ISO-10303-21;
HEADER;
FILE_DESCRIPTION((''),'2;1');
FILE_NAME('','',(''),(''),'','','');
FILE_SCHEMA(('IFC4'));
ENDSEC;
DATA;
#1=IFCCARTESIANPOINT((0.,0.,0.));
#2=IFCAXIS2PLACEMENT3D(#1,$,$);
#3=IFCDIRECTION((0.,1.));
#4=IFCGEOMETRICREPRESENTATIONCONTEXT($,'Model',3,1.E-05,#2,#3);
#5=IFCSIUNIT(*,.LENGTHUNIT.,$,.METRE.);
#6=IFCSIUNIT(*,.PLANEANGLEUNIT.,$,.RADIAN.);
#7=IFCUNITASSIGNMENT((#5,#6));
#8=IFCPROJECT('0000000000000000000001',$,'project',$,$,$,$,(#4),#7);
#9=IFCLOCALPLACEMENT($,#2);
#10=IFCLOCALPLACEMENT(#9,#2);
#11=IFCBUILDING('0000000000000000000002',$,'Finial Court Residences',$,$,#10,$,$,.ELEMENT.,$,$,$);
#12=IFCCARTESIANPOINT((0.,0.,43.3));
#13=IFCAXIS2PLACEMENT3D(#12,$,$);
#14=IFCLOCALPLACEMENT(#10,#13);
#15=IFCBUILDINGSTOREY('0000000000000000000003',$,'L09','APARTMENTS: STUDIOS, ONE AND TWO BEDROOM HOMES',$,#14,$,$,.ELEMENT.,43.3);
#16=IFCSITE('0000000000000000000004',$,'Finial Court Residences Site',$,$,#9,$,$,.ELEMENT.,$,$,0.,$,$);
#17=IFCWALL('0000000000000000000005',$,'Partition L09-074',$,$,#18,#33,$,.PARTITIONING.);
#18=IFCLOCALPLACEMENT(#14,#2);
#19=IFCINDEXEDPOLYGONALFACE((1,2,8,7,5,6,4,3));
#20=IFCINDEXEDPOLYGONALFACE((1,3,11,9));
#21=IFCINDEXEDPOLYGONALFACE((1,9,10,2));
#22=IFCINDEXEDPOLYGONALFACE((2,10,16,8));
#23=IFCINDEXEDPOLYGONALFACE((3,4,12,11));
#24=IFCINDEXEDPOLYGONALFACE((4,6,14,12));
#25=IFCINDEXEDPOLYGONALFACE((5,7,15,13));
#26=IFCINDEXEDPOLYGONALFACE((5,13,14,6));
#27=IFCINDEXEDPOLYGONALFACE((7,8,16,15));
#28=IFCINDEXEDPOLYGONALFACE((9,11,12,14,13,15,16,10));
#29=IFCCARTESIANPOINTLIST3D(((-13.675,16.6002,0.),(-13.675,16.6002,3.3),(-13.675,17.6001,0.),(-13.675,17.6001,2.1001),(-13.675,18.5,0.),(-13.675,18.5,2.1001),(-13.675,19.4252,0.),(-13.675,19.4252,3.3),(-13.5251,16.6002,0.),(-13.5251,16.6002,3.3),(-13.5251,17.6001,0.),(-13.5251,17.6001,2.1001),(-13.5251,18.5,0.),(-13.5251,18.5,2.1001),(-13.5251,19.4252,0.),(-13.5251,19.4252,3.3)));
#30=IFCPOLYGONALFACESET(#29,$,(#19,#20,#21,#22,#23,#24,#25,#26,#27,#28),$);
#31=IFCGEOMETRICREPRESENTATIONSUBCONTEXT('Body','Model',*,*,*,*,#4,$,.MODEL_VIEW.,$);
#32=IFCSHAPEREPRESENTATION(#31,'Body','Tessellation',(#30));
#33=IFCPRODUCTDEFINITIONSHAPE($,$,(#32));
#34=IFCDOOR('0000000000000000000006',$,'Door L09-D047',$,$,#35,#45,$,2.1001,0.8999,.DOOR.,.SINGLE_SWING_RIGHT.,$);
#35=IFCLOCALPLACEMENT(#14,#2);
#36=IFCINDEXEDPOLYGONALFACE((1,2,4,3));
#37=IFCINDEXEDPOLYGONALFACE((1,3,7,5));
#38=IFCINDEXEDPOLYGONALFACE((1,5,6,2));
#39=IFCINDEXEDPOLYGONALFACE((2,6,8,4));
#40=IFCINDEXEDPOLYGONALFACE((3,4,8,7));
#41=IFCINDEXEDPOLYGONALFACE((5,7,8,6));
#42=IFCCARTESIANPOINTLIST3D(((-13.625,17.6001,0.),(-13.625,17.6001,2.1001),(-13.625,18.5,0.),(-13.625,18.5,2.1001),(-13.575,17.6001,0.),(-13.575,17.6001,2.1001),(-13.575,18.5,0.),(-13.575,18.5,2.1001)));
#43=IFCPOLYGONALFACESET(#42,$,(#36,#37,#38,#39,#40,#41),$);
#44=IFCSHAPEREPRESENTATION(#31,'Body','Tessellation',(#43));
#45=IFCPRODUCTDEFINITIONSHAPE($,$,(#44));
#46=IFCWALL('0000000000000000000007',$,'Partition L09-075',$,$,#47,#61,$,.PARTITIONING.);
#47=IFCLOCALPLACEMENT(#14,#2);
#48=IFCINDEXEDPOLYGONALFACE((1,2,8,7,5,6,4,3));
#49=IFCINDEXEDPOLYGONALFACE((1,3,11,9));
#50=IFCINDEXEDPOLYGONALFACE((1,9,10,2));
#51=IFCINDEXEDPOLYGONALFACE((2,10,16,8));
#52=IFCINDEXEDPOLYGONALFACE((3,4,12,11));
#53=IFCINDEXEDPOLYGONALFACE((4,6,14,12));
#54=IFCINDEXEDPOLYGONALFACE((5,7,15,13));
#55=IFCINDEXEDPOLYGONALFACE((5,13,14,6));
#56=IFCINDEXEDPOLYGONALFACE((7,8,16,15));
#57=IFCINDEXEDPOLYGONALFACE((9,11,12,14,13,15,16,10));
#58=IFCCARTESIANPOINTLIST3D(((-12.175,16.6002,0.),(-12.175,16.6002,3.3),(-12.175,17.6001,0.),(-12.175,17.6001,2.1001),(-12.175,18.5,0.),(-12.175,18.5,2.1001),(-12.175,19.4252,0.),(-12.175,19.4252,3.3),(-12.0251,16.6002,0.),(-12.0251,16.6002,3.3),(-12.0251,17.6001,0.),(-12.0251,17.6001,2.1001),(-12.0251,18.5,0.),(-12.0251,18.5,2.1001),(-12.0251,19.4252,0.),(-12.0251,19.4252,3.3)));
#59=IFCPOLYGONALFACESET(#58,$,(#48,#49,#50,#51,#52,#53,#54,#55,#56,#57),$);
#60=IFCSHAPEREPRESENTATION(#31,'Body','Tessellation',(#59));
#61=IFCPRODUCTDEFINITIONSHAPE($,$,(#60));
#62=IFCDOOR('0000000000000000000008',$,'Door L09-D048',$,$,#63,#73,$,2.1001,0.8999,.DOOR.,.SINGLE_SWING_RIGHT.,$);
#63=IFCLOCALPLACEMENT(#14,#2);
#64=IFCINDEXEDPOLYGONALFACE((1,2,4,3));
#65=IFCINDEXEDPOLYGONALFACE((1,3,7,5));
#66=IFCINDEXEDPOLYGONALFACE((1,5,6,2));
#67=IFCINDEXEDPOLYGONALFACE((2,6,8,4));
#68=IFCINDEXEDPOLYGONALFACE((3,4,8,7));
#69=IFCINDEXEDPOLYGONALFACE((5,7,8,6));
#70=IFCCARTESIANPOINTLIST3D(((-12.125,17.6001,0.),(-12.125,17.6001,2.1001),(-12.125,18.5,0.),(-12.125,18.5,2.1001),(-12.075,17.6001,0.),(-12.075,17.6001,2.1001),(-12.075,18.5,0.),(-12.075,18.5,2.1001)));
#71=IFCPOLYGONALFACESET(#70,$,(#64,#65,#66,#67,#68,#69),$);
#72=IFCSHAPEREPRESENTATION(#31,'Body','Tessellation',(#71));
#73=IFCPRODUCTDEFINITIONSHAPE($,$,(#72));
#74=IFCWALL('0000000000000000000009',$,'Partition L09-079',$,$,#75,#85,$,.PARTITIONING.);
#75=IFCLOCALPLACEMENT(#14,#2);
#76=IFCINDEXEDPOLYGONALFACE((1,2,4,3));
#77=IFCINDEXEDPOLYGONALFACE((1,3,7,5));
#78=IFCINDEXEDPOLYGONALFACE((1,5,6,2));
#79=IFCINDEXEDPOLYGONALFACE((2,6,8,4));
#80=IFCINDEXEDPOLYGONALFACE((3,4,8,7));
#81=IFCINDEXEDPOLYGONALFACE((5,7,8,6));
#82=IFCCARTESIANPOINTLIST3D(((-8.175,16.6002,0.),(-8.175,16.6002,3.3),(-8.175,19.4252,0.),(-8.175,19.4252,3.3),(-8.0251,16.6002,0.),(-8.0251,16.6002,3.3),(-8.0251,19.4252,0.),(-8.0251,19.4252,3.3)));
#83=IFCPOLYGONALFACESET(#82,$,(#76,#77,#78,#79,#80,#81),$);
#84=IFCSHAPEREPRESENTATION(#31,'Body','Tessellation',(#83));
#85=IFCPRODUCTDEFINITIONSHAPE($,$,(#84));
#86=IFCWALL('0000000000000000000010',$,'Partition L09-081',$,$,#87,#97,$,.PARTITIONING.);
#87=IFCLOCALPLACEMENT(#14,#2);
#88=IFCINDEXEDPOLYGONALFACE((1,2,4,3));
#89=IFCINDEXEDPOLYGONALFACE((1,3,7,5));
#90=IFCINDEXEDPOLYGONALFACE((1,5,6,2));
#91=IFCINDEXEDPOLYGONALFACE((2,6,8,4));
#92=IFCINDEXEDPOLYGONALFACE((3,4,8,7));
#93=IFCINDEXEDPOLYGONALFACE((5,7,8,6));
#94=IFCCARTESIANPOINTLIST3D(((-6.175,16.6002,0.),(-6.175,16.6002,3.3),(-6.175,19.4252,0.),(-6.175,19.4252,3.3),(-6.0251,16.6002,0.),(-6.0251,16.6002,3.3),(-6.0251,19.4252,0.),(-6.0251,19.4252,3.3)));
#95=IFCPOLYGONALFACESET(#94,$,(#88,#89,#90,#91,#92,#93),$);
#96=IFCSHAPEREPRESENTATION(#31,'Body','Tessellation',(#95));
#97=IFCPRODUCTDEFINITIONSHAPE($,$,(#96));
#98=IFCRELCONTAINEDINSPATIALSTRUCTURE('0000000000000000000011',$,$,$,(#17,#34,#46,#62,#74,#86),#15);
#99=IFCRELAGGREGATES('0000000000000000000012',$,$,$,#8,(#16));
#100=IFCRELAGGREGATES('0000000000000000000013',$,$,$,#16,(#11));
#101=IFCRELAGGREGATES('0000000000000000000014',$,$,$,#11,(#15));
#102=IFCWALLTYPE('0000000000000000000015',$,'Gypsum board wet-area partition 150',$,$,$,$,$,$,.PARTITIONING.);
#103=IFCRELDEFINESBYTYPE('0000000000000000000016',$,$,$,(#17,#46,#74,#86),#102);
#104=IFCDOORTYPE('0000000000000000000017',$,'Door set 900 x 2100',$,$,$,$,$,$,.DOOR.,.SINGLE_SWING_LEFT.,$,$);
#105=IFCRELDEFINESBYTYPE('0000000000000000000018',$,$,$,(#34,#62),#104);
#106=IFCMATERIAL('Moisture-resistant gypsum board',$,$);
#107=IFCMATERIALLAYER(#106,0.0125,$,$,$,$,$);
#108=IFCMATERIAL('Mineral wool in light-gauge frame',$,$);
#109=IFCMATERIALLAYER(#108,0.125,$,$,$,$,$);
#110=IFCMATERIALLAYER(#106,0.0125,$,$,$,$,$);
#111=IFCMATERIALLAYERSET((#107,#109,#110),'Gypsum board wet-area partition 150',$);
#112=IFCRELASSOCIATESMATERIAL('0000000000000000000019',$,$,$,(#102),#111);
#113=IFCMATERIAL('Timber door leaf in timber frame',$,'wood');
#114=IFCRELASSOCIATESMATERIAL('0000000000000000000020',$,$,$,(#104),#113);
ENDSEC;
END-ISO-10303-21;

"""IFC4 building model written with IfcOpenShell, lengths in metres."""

from ifc_helpers import new_model, si_unit, direction, frame, frame_2d, origin, place, context, subcontext, project, spatial, rectangle, extrude, material, layer, layer_set, type_object, element, fill, save


model = new_model("IFC4")

# Units and contexts
model_context = context("Model", 3, precision=1e-05, world=origin(), true_north=direction((0.0, 1.0)))
body_context = subcontext(model_context, "Body", "Model", "MODEL_VIEW")
ifc_project = project(units=[si_unit("LENGTHUNIT", "METRE"), si_unit("PLANEANGLEUNIT", "RADIAN")], contexts=[model_context])

# Site, building, storey
site_placement = place(None, origin())
site = spatial("IfcSite", under=ifc_project, at=site_placement, Name="Finial Court Residences Site", CompositionType="ELEMENT", RefElevation=0.0)
building_placement = place(site_placement, origin())
building = spatial("IfcBuilding", under=site, at=building_placement, Name="Finial Court Residences", CompositionType="ELEMENT")
storey_placement = place(building_placement, frame((0.0, 0.0, 43.3)))
storey = spatial("IfcBuildingStorey", under=building, at=storey_placement, Name="L09", Description="APARTMENTS: STUDIOS, ONE AND TWO BEDROOM HOMES", CompositionType="ELEMENT", Elevation=43.3)

# Shared definitions
ifc_material_1 = material(Name="Mineral wool in light-gauge frame")

# Walls, openings, doors
ifc_material_2 = material(Name="Moisture-resistant gypsum board")
ifc_layer_1 = layer(ifc_material_2, 0.0125)
ifc_layer_2 = layer(ifc_material_1, 0.125)
ifc_layer_3 = layer(ifc_material_2, 0.0125)
ifc_layer_set_1 = layer_set([ifc_layer_1, ifc_layer_2, ifc_layer_3], Name="Gypsum board wet-area partition 150")
wall_type_1 = type_object("IfcWallType", Name="Gypsum board wet-area partition 150", PredefinedType="PARTITIONING", material=ifc_layer_set_1)
wall_1_placement = place(storey_placement, frame((-13.6001, 16.6001, 0.0), z_axis=(0.0, 0.0, 1.0), x_axis=(0.0, 1.0, 0.0)))
wall_1 = element("IfcWall", 1, at=wall_1_placement, inside=storey, type_object=wall_type_1, Name="Partition L09-074", PredefinedType="PARTITIONING", context=body_context, shape_type="SweptSolid", body=[
    extrude(rectangle(XDim=2.825, YDim=0.1499, at=frame_2d((1.4126, 0.0))), origin(), (0.0, 0.0, 1.0), 3.3),
])
opening_1_placement = place(wall_1_placement, frame((1.0, 0.0, 0.0)))
opening_1 = element("IfcOpeningElement", 2, at=opening_1_placement, cuts=wall_1, PredefinedType="OPENING", context=body_context, shape_type="SweptSolid", body=[
    extrude(rectangle(XDim=0.8999, YDim=2.1001, at=frame_2d((0.45, 1.05))), frame((0.0, 0.085, 0.0), z_axis=(0.0, -1.0, 0.0), x_axis=(1.0, 0.0, 0.0)), (0.0, 0.0, 1.0), 0.1699),
])
ifc_material_3 = material(Name="Timber door leaf in timber frame", Category="wood")
door_type_1 = type_object("IfcDoorType", Name="Door set 900 x 2100", OperationType="SINGLE_SWING_LEFT", PredefinedType="DOOR", material=ifc_material_3)
door_1_placement = place(opening_1_placement, origin())
door_1 = element("IfcDoor", 3, at=door_1_placement, inside=storey, type_object=door_type_1, Name="Door L09-D047", OperationType="SINGLE_SWING_RIGHT", OverallHeight=2.1001, OverallWidth=0.8999, PredefinedType="DOOR", context=body_context, shape_type="SweptSolid", body=[
    extrude(rectangle(XDim=0.8999, YDim=2.1001, at=frame_2d((0.45, 1.05))), frame((0.0, 0.0249, 0.0), z_axis=(0.0, -1.0, 0.0), x_axis=(1.0, 0.0, 0.0)), (0.0, 0.0, 1.0), 0.05),
])
fill(opening_1, door_1)
wall_2_placement = place(storey_placement, frame((-12.1001, 16.6001, 0.0), z_axis=(0.0, 0.0, 1.0), x_axis=(0.0, 1.0, 0.0)))
wall_2 = element("IfcWall", 4, at=wall_2_placement, inside=storey, type_object=wall_type_1, Name="Partition L09-075", PredefinedType="PARTITIONING", context=body_context, shape_type="SweptSolid", body=[
    extrude(rectangle(XDim=2.825, YDim=0.1499, at=frame_2d((1.4126, 0.0))), origin(), (0.0, 0.0, 1.0), 3.3),
])
opening_2_placement = place(wall_2_placement, frame((1.0, 0.0, 0.0)))
opening_2 = element("IfcOpeningElement", 5, at=opening_2_placement, cuts=wall_2, PredefinedType="OPENING", context=body_context, shape_type="SweptSolid", body=[
    extrude(rectangle(XDim=0.8999, YDim=2.1001, at=frame_2d((0.45, 1.05))), frame((0.0, 0.085, 0.0), z_axis=(0.0, -1.0, 0.0), x_axis=(1.0, 0.0, 0.0)), (0.0, 0.0, 1.0), 0.1699),
])
door_2_placement = place(opening_2_placement, origin())
door_2 = element("IfcDoor", 6, at=door_2_placement, inside=storey, type_object=door_type_1, Name="Door L09-D048", OperationType="SINGLE_SWING_RIGHT", OverallHeight=2.1001, OverallWidth=0.8999, PredefinedType="DOOR", context=body_context, shape_type="SweptSolid", body=[
    extrude(rectangle(XDim=0.8999, YDim=2.1001, at=frame_2d((0.45, 1.05))), frame((0.0, 0.0249, 0.0), z_axis=(0.0, -1.0, 0.0), x_axis=(1.0, 0.0, 0.0)), (0.0, 0.0, 1.0), 0.05),
])
fill(opening_2, door_2)

# Walls
for number, where, z_axis, x_axis, name in (
    (7, (-8.1001, 16.6001, 0.0), (0.0, 0.0, 1.0), (0.0, 1.0, 0.0), "Partition L09-079"),
    (8, (-6.1001, 16.6001, 0.0), (0.0, 0.0, 1.0), (0.0, 1.0, 0.0), "Partition L09-081"),
):
    element("IfcWall", number, at=place(storey_placement, frame(where, z_axis=z_axis, x_axis=x_axis)), inside=storey, type_object=wall_type_1, Name=name, PredefinedType="PARTITIONING", context=body_context, shape_type="SweptSolid", body=[
        extrude(rectangle(XDim=2.825, YDim=0.1499, at=frame_2d((1.4126, 0.0))), origin(), (0.0, 0.0, 1.0), 3.3),
    ])

save(model, "model.ifc")
